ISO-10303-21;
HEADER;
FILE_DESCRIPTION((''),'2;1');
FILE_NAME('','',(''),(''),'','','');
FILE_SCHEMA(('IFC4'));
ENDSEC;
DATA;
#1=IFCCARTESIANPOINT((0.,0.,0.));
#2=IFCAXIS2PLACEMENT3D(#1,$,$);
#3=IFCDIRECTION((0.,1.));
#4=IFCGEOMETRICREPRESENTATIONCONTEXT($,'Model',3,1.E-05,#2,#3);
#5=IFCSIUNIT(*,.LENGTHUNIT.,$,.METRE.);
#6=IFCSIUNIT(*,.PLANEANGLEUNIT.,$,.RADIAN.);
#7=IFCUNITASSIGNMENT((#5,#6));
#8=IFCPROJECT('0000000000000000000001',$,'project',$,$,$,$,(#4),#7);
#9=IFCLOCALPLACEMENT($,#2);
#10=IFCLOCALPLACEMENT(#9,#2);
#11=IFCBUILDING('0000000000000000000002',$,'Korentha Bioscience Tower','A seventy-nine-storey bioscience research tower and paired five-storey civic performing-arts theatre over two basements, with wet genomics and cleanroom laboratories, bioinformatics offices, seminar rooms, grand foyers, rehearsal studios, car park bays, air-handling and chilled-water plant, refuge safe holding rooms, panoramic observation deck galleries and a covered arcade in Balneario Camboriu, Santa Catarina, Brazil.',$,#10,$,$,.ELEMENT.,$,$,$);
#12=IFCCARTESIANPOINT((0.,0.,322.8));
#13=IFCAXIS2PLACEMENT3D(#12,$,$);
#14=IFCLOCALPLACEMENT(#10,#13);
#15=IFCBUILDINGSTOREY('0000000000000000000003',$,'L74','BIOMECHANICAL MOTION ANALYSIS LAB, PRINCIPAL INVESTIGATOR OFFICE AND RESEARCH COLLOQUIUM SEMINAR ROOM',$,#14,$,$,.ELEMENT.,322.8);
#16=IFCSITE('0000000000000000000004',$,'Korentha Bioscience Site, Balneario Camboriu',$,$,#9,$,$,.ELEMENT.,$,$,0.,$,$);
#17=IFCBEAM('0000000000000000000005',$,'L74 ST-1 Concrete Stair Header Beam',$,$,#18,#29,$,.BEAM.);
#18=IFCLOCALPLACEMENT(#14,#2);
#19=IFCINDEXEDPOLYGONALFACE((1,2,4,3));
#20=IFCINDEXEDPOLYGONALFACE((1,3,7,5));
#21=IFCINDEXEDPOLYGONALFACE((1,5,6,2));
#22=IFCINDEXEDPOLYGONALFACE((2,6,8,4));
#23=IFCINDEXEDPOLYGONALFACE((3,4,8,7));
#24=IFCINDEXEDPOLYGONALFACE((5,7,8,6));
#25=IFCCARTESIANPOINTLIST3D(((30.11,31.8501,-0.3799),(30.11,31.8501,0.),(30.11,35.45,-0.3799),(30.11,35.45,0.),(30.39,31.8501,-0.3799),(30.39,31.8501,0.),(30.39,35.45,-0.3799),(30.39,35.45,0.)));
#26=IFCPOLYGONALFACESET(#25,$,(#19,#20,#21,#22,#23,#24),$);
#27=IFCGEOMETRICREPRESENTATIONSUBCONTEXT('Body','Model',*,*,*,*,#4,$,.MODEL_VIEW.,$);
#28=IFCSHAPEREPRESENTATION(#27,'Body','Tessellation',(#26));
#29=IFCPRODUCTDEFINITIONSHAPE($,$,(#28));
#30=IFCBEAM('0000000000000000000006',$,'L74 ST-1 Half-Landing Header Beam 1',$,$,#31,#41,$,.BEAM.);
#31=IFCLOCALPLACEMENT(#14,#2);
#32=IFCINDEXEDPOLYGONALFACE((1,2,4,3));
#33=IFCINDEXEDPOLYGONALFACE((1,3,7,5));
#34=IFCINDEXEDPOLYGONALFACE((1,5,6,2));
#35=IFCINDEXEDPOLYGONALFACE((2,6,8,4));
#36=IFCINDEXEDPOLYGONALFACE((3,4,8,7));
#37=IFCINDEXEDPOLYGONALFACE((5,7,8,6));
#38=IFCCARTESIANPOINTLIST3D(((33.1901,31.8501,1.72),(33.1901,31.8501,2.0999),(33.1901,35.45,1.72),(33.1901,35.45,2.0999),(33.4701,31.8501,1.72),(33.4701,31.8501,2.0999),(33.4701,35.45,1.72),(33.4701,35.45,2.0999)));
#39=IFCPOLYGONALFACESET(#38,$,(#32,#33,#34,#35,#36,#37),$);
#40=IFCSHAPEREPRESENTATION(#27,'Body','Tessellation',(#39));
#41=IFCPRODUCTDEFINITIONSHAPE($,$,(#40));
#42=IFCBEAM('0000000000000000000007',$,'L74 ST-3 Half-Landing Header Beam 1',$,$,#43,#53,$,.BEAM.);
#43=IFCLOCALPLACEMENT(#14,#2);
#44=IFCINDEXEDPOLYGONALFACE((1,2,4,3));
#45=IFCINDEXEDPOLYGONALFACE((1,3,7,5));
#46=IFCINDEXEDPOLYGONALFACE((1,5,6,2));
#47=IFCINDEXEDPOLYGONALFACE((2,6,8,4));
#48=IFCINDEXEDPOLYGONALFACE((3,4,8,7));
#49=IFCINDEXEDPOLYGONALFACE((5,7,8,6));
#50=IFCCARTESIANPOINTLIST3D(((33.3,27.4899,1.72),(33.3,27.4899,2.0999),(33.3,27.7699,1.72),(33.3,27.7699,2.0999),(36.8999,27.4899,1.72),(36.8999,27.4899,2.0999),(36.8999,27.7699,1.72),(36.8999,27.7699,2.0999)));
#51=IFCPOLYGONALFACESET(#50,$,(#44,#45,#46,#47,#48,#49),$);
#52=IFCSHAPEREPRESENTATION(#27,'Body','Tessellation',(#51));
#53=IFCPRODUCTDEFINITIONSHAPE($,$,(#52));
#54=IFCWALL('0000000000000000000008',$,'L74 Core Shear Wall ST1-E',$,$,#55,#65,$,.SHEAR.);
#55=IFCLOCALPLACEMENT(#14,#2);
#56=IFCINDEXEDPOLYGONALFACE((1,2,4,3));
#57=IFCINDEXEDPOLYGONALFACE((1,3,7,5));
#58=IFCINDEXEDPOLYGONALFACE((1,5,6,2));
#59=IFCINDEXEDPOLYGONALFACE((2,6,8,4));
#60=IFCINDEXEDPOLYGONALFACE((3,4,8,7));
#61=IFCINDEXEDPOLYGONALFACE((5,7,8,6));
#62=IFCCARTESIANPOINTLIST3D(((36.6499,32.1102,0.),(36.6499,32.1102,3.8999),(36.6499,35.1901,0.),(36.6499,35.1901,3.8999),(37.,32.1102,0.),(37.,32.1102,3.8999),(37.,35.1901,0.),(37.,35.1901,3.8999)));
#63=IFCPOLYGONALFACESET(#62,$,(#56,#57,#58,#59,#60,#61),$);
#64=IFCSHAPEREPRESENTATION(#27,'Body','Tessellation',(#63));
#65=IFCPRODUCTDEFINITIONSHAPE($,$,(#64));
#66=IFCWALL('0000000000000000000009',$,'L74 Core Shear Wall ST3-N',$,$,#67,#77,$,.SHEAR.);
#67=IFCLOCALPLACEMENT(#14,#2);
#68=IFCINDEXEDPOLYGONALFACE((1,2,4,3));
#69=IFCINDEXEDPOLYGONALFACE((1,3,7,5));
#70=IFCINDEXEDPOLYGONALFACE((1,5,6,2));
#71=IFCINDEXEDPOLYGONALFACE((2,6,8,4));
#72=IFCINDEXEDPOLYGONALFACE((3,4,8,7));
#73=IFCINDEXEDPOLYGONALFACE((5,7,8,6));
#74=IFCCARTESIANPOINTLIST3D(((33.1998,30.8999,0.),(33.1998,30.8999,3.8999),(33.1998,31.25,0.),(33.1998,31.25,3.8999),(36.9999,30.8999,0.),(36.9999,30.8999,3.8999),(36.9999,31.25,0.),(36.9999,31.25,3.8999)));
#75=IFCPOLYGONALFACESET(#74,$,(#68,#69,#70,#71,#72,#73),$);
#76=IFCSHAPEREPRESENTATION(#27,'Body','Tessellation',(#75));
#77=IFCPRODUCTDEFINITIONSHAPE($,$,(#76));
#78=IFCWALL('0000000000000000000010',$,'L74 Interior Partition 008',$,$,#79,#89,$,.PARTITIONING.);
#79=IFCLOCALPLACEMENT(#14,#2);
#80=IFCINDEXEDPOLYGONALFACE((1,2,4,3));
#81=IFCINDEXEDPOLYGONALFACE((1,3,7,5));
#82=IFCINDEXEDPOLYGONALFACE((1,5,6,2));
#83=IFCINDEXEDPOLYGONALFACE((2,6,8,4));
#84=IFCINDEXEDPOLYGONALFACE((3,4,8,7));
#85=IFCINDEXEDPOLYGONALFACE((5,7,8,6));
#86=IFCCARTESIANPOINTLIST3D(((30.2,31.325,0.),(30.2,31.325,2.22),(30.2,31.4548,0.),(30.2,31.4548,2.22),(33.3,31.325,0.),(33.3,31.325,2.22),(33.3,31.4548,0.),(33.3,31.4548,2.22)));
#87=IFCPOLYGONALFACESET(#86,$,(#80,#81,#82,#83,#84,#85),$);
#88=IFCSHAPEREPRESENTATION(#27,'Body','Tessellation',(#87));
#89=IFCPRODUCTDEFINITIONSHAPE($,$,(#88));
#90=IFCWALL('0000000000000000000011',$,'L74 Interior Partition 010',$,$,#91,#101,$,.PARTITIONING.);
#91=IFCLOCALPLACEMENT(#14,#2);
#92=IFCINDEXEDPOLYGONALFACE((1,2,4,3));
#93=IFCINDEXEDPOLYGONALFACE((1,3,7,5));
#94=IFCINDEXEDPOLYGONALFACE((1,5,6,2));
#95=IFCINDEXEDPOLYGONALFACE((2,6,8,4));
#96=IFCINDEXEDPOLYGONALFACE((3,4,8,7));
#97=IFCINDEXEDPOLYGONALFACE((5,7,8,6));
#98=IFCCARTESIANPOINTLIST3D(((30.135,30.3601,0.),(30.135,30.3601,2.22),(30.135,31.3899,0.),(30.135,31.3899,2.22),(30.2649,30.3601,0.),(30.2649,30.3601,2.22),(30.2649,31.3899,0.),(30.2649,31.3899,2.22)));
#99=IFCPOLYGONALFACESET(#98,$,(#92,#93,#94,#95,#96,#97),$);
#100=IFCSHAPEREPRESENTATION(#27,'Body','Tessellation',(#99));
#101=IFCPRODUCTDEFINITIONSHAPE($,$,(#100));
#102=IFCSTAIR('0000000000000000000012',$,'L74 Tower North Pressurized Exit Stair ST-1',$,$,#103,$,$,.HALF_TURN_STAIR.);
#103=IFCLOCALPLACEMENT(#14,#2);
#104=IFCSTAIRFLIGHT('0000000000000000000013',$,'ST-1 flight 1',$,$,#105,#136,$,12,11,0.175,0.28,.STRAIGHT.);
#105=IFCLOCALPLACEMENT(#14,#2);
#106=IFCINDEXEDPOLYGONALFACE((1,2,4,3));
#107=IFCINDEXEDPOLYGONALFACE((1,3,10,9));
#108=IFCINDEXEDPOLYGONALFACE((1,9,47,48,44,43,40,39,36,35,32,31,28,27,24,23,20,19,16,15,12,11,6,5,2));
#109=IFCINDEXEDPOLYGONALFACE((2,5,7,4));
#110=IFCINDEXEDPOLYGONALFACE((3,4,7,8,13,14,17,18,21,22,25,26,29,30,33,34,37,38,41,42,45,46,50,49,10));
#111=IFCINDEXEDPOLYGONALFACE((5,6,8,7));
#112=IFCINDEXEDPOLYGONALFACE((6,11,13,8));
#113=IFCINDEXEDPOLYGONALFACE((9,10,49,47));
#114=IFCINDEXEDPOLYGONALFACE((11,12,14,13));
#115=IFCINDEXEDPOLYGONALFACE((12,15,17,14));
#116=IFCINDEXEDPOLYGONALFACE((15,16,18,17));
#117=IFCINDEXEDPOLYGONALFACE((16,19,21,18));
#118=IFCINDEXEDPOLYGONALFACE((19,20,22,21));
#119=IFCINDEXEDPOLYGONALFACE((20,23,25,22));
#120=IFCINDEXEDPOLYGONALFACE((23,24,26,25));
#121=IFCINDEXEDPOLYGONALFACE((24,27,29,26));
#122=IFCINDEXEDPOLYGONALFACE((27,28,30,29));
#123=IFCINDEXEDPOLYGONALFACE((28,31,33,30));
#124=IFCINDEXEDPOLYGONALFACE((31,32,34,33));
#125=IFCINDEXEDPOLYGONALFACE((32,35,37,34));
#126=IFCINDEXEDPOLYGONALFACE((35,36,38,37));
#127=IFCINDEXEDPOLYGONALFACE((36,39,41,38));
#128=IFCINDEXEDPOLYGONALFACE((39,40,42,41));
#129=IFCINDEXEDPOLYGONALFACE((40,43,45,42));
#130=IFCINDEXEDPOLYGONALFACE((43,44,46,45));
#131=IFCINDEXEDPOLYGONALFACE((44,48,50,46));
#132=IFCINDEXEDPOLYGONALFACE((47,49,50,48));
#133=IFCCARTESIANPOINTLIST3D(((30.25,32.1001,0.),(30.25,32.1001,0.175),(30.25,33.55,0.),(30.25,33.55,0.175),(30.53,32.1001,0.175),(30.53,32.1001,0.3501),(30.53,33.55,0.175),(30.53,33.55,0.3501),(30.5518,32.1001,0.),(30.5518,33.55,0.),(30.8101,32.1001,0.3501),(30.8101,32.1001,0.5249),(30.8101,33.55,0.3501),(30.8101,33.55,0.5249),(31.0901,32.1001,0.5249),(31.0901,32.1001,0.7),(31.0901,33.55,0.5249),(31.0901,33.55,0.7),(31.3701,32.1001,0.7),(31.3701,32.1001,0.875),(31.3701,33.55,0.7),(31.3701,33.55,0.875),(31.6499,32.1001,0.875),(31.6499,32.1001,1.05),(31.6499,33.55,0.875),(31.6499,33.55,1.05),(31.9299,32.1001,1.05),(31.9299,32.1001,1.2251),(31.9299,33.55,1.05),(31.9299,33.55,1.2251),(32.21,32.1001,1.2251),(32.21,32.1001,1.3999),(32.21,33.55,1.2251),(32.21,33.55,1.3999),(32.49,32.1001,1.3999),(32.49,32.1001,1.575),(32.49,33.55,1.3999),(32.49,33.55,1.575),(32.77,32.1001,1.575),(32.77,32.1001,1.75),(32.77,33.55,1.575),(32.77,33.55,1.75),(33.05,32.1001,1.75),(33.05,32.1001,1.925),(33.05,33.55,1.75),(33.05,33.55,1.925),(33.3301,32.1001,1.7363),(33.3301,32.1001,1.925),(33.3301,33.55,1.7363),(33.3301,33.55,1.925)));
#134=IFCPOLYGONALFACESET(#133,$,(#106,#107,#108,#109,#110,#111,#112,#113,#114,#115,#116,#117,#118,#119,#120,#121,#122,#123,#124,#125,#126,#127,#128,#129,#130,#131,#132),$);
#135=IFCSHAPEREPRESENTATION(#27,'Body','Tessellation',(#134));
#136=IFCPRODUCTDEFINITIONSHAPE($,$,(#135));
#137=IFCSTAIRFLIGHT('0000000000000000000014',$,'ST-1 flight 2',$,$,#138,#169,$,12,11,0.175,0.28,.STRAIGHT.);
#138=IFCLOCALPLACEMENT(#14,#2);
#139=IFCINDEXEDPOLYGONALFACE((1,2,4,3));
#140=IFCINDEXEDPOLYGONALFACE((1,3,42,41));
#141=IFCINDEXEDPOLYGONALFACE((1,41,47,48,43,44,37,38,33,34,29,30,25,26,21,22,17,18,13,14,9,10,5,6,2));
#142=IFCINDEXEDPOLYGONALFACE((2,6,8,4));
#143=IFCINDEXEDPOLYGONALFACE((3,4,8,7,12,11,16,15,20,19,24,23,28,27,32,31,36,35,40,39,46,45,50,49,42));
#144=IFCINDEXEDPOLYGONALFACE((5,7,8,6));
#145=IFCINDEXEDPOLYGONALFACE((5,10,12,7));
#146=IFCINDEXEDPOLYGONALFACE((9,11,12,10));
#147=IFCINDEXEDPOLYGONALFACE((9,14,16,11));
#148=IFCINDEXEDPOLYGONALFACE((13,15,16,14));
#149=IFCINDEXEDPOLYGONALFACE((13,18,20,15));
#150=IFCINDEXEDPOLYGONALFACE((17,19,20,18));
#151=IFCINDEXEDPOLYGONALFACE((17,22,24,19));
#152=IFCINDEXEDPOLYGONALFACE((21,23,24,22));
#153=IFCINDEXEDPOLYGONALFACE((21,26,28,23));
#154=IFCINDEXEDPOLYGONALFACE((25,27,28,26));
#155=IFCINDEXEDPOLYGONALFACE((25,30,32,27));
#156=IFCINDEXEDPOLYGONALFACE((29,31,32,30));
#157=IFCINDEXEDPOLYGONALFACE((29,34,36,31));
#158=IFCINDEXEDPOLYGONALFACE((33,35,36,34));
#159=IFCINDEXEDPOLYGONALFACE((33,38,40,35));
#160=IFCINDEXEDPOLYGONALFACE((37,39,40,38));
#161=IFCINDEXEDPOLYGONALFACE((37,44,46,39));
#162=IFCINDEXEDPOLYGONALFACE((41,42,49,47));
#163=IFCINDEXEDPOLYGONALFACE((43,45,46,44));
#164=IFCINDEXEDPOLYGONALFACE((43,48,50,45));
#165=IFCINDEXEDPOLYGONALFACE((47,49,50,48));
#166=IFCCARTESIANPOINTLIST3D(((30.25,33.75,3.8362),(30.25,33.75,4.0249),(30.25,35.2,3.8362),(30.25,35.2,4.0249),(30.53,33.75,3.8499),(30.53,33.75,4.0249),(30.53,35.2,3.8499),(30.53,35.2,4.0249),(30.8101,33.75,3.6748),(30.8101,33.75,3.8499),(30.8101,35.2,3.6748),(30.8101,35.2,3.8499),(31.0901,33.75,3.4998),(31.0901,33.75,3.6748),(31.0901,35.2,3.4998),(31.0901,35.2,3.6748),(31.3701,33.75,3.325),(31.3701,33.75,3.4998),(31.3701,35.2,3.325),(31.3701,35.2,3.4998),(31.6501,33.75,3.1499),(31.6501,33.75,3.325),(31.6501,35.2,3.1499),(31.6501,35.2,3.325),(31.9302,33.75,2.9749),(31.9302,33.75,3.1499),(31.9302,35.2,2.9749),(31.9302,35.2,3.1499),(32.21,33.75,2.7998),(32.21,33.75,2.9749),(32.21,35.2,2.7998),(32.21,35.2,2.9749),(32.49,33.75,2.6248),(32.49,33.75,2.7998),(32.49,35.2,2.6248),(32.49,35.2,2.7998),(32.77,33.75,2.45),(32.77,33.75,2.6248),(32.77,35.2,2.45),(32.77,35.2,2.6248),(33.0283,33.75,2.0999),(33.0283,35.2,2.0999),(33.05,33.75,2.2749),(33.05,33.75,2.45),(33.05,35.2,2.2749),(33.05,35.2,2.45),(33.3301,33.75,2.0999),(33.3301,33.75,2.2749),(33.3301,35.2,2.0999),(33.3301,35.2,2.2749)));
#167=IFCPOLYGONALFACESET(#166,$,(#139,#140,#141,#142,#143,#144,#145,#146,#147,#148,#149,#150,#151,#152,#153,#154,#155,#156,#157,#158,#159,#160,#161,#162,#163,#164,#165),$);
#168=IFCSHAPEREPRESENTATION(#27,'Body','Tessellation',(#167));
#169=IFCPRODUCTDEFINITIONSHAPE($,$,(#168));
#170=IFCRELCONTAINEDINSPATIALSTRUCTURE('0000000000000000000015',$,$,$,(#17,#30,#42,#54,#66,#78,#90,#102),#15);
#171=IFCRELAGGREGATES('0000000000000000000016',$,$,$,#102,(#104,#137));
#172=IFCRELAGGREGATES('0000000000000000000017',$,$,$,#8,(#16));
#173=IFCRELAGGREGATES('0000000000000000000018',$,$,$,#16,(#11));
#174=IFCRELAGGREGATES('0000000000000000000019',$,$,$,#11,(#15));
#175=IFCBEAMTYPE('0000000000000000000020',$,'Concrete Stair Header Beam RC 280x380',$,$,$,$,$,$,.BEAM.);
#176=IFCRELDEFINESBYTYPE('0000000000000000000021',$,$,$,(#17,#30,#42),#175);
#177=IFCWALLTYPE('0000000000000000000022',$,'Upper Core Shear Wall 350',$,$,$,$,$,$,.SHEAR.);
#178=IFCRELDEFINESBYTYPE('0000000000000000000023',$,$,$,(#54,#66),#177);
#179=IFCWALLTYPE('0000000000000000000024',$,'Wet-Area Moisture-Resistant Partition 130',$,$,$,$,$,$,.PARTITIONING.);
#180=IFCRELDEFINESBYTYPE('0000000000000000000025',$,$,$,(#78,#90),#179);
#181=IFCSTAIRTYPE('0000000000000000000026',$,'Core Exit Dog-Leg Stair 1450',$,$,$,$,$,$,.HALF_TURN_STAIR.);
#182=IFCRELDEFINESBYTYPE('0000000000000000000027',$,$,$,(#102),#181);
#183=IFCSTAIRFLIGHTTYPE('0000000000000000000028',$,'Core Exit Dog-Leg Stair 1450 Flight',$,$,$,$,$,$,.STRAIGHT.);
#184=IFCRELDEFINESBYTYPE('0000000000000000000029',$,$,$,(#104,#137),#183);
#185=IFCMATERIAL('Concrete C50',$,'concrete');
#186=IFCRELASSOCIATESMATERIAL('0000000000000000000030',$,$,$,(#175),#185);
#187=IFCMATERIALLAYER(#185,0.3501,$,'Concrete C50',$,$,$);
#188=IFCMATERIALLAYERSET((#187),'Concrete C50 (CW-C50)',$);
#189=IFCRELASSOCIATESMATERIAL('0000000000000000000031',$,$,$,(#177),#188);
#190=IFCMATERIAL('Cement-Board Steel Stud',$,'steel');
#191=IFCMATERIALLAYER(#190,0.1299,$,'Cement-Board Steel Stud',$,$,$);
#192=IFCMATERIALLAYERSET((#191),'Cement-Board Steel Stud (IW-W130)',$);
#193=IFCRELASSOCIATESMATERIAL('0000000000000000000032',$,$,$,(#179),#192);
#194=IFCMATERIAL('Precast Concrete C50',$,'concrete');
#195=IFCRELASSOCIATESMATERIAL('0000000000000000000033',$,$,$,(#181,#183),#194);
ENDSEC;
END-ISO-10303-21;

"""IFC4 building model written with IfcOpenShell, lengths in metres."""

from ifc_helpers import new_model, si_unit, direction, frame, frame_2d, origin, origin_2d, place, context, subcontext, project, spatial, polyline, rectangle, outline, extrude, material, layer, layer_set, material_profile, profile_set, type_object, element, aggregate, save


model = new_model("IFC4")

# Units and contexts
model_context = context("Model", 3, precision=1e-05, world=origin(), true_north=direction((0.0, 1.0)))
body_context = subcontext(model_context, "Body", "Model", "MODEL_VIEW")
ifc_project = project(units=[si_unit("LENGTHUNIT", "METRE"), si_unit("PLANEANGLEUNIT", "RADIAN")], contexts=[model_context])

# Site, building, storey
site_placement = place(None, origin())
site = spatial("IfcSite", under=ifc_project, at=site_placement, Name="Korentha Bioscience Site, Balneario Camboriu", CompositionType="ELEMENT", RefElevation=0.0)
building_placement = place(site_placement, origin())
building = spatial("IfcBuilding", under=site, at=building_placement, Name="Korentha Bioscience Tower", Description="A seventy-nine-storey bioscience research tower and paired five-storey civic performing-arts theatre over two basements, with wet genomics and cleanroom laboratories, bioinformatics offices, seminar rooms, grand foyers, rehearsal studios, car park bays, air-handling and chilled-water plant, refuge safe holding rooms, panoramic observation deck galleries and a covered arcade in Balneario Camboriu, Santa Catarina, Brazil.", CompositionType="ELEMENT")
storey_placement = place(building_placement, frame((0.0, 0.0, 322.8)))
storey = spatial("IfcBuildingStorey", under=building, at=storey_placement, Name="L74", Description="BIOMECHANICAL MOTION ANALYSIS LAB, PRINCIPAL INVESTIGATOR OFFICE AND RESEARCH COLLOQUIUM SEMINAR ROOM", CompositionType="ELEMENT", Elevation=322.8)

# Beams
ifc_material_1 = material(Name="Concrete C50", Category="concrete")
ifc_material_profile = material_profile(ifc_material_1, rectangle(XDim=0.28, YDim=0.3799, at=origin_2d()), Name="Concrete C50")
ifc_profile_set = profile_set([ifc_material_profile], Name="Concrete C50 (ST-HB380)")
beam_type = type_object("IfcBeamType", Name="Concrete Stair Header Beam RC 280x380", PredefinedType="BEAM", material=ifc_profile_set)
for number, where, z_axis, x_axis, name in (
    (1, (30.25, 31.8501, -0.1899), (0.0, 1.0, 0.0), (-1.0, 0.0, 0.0), "L74 ST-1 Concrete Stair Header Beam"),
    (2, (33.3301, 31.8501, 1.9099), (0.0, 1.0, 0.0), (-1.0, 0.0, 0.0), "L74 ST-1 Half-Landing Header Beam 1"),
    (3, (36.8999, 27.6299, 1.9099), (-1.0, 0.0, 0.0), (0.0, -1.0, 0.0), "L74 ST-3 Half-Landing Header Beam 1"),
):
    element("IfcBeam", number, at=place(storey_placement, frame(where, z_axis=z_axis, x_axis=x_axis)), inside=storey, type_object=beam_type, Name=name, PredefinedType="BEAM", context=body_context, shape_type="SweptSolid", body=[
        extrude(rectangle(XDim=0.28, YDim=0.3799, at=origin_2d()), origin(), (0.0, 0.0, 1.0), 3.5999),
    ])

# Wall
ifc_layer_1 = layer(ifc_material_1, 0.3501, Name="Concrete C50")
ifc_layer_set_1 = layer_set([ifc_layer_1], Name="Concrete C50 (CW-C50)")
wall_type_1 = type_object("IfcWallType", Name="Upper Core Shear Wall 350", PredefinedType="SHEAR", material=ifc_layer_set_1)
wall_1_placement = place(storey_placement, frame((36.825, 32.1101, 0.0), z_axis=(0.0, 0.0, 1.0), x_axis=(0.0, 1.0, 0.0)))
element("IfcWall", 4, at=wall_1_placement, inside=storey, type_object=wall_type_1, Name="L74 Core Shear Wall ST1-E", PredefinedType="SHEAR", context=body_context, shape_type="SweptSolid", body=[
    extrude(rectangle(XDim=3.0798, YDim=0.3501, at=frame_2d((1.54, 0.0))), origin(), (0.0, 0.0, 1.0), 3.8999),
])

# Wall
wall_2_placement = place(storey_placement, frame((33.2, 31.075, 0.0), z_axis=(0.0, 0.0, 1.0), x_axis=(1.0, 0.0, 0.0)))
element("IfcWall", 5, at=wall_2_placement, inside=storey, type_object=wall_type_1, Name="L74 Core Shear Wall ST3-N", PredefinedType="SHEAR", context=body_context, shape_type="SweptSolid", body=[
    extrude(rectangle(XDim=3.8, YDim=0.3501, at=frame_2d((1.8999, 0.0))), origin(), (0.0, 0.0, 1.0), 3.8999),
])

# Shared definitions
ifc_material_2 = material(Name="Cement-Board Steel Stud", Category="steel")
ifc_layer_2 = layer(ifc_material_2, 0.1299, Name="Cement-Board Steel Stud")
ifc_layer_set_2 = layer_set([ifc_layer_2], Name="Cement-Board Steel Stud (IW-W130)")
wall_type_2 = type_object("IfcWallType", Name="Wet-Area Moisture-Resistant Partition 130", PredefinedType="PARTITIONING", material=ifc_layer_set_2)

# Walls
wall_3_placement = place(storey_placement, frame((30.2, 31.3899, 0.0), z_axis=(0.0, 0.0, 1.0), x_axis=(1.0, 0.0, 0.0)))
element("IfcWall", 6, at=wall_3_placement, inside=storey, type_object=wall_type_2, Name="L74 Interior Partition 008", PredefinedType="PARTITIONING", context=body_context, shape_type="SweptSolid", body=[
    extrude(rectangle(XDim=3.1001, YDim=0.1299, at=frame_2d((1.55, 0.0))), origin(), (0.0, 0.0, 1.0), 2.22),
])
wall_4_placement = place(storey_placement, frame((30.2, 30.3601, 0.0), z_axis=(0.0, 0.0, 1.0), x_axis=(0.0, 1.0, 0.0)))
element("IfcWall", 7, at=wall_4_placement, inside=storey, type_object=wall_type_2, Name="L74 Interior Partition 010", PredefinedType="PARTITIONING", context=body_context, shape_type="SweptSolid", body=[
    extrude(rectangle(XDim=1.0298, YDim=0.1299, at=frame_2d((0.5149, 0.0))), origin(), (0.0, 0.0, 1.0), 2.22),
])

# Stair, stair flights
ifc_material_3 = material(Name="Precast Concrete C50", Category="concrete")
stair_type = type_object("IfcStairType", Name="Core Exit Dog-Leg Stair 1450", PredefinedType="HALF_TURN_STAIR", material=ifc_material_3)
stair_placement = place(storey_placement, origin())
stair = element("IfcStair", 8, at=stair_placement, inside=storey, type_object=stair_type, Name="L74 Tower North Pressurized Exit Stair ST-1", PredefinedType="HALF_TURN_STAIR")
stair_flight_type = type_object("IfcStairFlightType", Name="Core Exit Dog-Leg Stair 1450 Flight", PredefinedType="STRAIGHT", material=ifc_material_3)
stair_flight_1_placement = place(storey_placement, frame((30.25, 32.825, 0.0), z_axis=(0.0, 0.0, 1.0), x_axis=(1.0, 0.0, 0.0)))
stair_flight_1 = element("IfcStairFlight", 9, at=stair_flight_1_placement, type_object=stair_flight_type, Name="ST-1 flight 1", NumberOfRisers=12, NumberOfTreads=11, PredefinedType="STRAIGHT", RiserHeight=0.175, TreadLength=0.28, context=body_context, shape_type="SweptSolid", body=[
    extrude(outline(polyline([(0.0, 0.0), (0.0, 0.175), (0.28, 0.175), (0.28, 0.3501), (0.5601, 0.3501), (0.5601, 0.5249), (0.8401, 0.5249), (0.8401, 0.7), (1.1201, 0.7), (1.1201, 0.875), (1.3999, 0.875), (1.3999, 1.05), (1.6799, 1.05), (1.6799, 1.2251), (1.96, 1.2251), (1.96, 1.3999), (2.24, 1.3999), (2.24, 1.575), (2.52, 1.575), (2.52, 1.75), (2.8, 1.75), (2.8, 1.925), (3.0801, 1.925), (3.0801, 2.1001), (3.0801, 1.7363), (0.3018, 0.0), (0.0, 0.0)])), frame((0.0, 0.7251, 0.0), z_axis=(0.0, -1.0, 0.0), x_axis=(1.0, 0.0, 0.0)), (0.0, 0.0, 1.0), 1.45),
])
stair_flight_2_placement = place(storey_placement, frame((33.3301, 34.4751, 2.0999), z_axis=(0.0, 0.0, 1.0), x_axis=(-1.0, 0.0, 0.0)))
stair_flight_2 = element("IfcStairFlight", 10, at=stair_flight_2_placement, type_object=stair_flight_type, Name="ST-1 flight 2", NumberOfRisers=12, NumberOfTreads=11, PredefinedType="STRAIGHT", RiserHeight=0.175, TreadLength=0.28, context=body_context, shape_type="SweptSolid", body=[
    extrude(outline(polyline([(0.0, 0.0), (0.0, 0.175), (0.28, 0.175), (0.28, 0.3501), (0.5601, 0.3501), (0.5601, 0.5249), (0.8401, 0.5249), (0.8401, 0.7), (1.1201, 0.7), (1.1201, 0.875), (1.3999, 0.875), (1.3999, 1.05), (1.6799, 1.05), (1.6799, 1.2251), (1.96, 1.2251), (1.96, 1.3999), (2.24, 1.3999), (2.24, 1.575), (2.52, 1.575), (2.52, 1.75), (2.8, 1.75), (2.8, 1.925), (3.0801, 1.925), (3.0801, 2.1001), (3.0801, 1.7363), (0.3018, 0.0), (0.0, 0.0)])), frame((0.0, 0.7251, 0.0), z_axis=(0.0, -1.0, 0.0), x_axis=(1.0, 0.0, 0.0)), (0.0, 0.0, 1.0), 1.45),
])
aggregate(stair, [stair_flight_1, stair_flight_2])

save(model, "model.ifc")
